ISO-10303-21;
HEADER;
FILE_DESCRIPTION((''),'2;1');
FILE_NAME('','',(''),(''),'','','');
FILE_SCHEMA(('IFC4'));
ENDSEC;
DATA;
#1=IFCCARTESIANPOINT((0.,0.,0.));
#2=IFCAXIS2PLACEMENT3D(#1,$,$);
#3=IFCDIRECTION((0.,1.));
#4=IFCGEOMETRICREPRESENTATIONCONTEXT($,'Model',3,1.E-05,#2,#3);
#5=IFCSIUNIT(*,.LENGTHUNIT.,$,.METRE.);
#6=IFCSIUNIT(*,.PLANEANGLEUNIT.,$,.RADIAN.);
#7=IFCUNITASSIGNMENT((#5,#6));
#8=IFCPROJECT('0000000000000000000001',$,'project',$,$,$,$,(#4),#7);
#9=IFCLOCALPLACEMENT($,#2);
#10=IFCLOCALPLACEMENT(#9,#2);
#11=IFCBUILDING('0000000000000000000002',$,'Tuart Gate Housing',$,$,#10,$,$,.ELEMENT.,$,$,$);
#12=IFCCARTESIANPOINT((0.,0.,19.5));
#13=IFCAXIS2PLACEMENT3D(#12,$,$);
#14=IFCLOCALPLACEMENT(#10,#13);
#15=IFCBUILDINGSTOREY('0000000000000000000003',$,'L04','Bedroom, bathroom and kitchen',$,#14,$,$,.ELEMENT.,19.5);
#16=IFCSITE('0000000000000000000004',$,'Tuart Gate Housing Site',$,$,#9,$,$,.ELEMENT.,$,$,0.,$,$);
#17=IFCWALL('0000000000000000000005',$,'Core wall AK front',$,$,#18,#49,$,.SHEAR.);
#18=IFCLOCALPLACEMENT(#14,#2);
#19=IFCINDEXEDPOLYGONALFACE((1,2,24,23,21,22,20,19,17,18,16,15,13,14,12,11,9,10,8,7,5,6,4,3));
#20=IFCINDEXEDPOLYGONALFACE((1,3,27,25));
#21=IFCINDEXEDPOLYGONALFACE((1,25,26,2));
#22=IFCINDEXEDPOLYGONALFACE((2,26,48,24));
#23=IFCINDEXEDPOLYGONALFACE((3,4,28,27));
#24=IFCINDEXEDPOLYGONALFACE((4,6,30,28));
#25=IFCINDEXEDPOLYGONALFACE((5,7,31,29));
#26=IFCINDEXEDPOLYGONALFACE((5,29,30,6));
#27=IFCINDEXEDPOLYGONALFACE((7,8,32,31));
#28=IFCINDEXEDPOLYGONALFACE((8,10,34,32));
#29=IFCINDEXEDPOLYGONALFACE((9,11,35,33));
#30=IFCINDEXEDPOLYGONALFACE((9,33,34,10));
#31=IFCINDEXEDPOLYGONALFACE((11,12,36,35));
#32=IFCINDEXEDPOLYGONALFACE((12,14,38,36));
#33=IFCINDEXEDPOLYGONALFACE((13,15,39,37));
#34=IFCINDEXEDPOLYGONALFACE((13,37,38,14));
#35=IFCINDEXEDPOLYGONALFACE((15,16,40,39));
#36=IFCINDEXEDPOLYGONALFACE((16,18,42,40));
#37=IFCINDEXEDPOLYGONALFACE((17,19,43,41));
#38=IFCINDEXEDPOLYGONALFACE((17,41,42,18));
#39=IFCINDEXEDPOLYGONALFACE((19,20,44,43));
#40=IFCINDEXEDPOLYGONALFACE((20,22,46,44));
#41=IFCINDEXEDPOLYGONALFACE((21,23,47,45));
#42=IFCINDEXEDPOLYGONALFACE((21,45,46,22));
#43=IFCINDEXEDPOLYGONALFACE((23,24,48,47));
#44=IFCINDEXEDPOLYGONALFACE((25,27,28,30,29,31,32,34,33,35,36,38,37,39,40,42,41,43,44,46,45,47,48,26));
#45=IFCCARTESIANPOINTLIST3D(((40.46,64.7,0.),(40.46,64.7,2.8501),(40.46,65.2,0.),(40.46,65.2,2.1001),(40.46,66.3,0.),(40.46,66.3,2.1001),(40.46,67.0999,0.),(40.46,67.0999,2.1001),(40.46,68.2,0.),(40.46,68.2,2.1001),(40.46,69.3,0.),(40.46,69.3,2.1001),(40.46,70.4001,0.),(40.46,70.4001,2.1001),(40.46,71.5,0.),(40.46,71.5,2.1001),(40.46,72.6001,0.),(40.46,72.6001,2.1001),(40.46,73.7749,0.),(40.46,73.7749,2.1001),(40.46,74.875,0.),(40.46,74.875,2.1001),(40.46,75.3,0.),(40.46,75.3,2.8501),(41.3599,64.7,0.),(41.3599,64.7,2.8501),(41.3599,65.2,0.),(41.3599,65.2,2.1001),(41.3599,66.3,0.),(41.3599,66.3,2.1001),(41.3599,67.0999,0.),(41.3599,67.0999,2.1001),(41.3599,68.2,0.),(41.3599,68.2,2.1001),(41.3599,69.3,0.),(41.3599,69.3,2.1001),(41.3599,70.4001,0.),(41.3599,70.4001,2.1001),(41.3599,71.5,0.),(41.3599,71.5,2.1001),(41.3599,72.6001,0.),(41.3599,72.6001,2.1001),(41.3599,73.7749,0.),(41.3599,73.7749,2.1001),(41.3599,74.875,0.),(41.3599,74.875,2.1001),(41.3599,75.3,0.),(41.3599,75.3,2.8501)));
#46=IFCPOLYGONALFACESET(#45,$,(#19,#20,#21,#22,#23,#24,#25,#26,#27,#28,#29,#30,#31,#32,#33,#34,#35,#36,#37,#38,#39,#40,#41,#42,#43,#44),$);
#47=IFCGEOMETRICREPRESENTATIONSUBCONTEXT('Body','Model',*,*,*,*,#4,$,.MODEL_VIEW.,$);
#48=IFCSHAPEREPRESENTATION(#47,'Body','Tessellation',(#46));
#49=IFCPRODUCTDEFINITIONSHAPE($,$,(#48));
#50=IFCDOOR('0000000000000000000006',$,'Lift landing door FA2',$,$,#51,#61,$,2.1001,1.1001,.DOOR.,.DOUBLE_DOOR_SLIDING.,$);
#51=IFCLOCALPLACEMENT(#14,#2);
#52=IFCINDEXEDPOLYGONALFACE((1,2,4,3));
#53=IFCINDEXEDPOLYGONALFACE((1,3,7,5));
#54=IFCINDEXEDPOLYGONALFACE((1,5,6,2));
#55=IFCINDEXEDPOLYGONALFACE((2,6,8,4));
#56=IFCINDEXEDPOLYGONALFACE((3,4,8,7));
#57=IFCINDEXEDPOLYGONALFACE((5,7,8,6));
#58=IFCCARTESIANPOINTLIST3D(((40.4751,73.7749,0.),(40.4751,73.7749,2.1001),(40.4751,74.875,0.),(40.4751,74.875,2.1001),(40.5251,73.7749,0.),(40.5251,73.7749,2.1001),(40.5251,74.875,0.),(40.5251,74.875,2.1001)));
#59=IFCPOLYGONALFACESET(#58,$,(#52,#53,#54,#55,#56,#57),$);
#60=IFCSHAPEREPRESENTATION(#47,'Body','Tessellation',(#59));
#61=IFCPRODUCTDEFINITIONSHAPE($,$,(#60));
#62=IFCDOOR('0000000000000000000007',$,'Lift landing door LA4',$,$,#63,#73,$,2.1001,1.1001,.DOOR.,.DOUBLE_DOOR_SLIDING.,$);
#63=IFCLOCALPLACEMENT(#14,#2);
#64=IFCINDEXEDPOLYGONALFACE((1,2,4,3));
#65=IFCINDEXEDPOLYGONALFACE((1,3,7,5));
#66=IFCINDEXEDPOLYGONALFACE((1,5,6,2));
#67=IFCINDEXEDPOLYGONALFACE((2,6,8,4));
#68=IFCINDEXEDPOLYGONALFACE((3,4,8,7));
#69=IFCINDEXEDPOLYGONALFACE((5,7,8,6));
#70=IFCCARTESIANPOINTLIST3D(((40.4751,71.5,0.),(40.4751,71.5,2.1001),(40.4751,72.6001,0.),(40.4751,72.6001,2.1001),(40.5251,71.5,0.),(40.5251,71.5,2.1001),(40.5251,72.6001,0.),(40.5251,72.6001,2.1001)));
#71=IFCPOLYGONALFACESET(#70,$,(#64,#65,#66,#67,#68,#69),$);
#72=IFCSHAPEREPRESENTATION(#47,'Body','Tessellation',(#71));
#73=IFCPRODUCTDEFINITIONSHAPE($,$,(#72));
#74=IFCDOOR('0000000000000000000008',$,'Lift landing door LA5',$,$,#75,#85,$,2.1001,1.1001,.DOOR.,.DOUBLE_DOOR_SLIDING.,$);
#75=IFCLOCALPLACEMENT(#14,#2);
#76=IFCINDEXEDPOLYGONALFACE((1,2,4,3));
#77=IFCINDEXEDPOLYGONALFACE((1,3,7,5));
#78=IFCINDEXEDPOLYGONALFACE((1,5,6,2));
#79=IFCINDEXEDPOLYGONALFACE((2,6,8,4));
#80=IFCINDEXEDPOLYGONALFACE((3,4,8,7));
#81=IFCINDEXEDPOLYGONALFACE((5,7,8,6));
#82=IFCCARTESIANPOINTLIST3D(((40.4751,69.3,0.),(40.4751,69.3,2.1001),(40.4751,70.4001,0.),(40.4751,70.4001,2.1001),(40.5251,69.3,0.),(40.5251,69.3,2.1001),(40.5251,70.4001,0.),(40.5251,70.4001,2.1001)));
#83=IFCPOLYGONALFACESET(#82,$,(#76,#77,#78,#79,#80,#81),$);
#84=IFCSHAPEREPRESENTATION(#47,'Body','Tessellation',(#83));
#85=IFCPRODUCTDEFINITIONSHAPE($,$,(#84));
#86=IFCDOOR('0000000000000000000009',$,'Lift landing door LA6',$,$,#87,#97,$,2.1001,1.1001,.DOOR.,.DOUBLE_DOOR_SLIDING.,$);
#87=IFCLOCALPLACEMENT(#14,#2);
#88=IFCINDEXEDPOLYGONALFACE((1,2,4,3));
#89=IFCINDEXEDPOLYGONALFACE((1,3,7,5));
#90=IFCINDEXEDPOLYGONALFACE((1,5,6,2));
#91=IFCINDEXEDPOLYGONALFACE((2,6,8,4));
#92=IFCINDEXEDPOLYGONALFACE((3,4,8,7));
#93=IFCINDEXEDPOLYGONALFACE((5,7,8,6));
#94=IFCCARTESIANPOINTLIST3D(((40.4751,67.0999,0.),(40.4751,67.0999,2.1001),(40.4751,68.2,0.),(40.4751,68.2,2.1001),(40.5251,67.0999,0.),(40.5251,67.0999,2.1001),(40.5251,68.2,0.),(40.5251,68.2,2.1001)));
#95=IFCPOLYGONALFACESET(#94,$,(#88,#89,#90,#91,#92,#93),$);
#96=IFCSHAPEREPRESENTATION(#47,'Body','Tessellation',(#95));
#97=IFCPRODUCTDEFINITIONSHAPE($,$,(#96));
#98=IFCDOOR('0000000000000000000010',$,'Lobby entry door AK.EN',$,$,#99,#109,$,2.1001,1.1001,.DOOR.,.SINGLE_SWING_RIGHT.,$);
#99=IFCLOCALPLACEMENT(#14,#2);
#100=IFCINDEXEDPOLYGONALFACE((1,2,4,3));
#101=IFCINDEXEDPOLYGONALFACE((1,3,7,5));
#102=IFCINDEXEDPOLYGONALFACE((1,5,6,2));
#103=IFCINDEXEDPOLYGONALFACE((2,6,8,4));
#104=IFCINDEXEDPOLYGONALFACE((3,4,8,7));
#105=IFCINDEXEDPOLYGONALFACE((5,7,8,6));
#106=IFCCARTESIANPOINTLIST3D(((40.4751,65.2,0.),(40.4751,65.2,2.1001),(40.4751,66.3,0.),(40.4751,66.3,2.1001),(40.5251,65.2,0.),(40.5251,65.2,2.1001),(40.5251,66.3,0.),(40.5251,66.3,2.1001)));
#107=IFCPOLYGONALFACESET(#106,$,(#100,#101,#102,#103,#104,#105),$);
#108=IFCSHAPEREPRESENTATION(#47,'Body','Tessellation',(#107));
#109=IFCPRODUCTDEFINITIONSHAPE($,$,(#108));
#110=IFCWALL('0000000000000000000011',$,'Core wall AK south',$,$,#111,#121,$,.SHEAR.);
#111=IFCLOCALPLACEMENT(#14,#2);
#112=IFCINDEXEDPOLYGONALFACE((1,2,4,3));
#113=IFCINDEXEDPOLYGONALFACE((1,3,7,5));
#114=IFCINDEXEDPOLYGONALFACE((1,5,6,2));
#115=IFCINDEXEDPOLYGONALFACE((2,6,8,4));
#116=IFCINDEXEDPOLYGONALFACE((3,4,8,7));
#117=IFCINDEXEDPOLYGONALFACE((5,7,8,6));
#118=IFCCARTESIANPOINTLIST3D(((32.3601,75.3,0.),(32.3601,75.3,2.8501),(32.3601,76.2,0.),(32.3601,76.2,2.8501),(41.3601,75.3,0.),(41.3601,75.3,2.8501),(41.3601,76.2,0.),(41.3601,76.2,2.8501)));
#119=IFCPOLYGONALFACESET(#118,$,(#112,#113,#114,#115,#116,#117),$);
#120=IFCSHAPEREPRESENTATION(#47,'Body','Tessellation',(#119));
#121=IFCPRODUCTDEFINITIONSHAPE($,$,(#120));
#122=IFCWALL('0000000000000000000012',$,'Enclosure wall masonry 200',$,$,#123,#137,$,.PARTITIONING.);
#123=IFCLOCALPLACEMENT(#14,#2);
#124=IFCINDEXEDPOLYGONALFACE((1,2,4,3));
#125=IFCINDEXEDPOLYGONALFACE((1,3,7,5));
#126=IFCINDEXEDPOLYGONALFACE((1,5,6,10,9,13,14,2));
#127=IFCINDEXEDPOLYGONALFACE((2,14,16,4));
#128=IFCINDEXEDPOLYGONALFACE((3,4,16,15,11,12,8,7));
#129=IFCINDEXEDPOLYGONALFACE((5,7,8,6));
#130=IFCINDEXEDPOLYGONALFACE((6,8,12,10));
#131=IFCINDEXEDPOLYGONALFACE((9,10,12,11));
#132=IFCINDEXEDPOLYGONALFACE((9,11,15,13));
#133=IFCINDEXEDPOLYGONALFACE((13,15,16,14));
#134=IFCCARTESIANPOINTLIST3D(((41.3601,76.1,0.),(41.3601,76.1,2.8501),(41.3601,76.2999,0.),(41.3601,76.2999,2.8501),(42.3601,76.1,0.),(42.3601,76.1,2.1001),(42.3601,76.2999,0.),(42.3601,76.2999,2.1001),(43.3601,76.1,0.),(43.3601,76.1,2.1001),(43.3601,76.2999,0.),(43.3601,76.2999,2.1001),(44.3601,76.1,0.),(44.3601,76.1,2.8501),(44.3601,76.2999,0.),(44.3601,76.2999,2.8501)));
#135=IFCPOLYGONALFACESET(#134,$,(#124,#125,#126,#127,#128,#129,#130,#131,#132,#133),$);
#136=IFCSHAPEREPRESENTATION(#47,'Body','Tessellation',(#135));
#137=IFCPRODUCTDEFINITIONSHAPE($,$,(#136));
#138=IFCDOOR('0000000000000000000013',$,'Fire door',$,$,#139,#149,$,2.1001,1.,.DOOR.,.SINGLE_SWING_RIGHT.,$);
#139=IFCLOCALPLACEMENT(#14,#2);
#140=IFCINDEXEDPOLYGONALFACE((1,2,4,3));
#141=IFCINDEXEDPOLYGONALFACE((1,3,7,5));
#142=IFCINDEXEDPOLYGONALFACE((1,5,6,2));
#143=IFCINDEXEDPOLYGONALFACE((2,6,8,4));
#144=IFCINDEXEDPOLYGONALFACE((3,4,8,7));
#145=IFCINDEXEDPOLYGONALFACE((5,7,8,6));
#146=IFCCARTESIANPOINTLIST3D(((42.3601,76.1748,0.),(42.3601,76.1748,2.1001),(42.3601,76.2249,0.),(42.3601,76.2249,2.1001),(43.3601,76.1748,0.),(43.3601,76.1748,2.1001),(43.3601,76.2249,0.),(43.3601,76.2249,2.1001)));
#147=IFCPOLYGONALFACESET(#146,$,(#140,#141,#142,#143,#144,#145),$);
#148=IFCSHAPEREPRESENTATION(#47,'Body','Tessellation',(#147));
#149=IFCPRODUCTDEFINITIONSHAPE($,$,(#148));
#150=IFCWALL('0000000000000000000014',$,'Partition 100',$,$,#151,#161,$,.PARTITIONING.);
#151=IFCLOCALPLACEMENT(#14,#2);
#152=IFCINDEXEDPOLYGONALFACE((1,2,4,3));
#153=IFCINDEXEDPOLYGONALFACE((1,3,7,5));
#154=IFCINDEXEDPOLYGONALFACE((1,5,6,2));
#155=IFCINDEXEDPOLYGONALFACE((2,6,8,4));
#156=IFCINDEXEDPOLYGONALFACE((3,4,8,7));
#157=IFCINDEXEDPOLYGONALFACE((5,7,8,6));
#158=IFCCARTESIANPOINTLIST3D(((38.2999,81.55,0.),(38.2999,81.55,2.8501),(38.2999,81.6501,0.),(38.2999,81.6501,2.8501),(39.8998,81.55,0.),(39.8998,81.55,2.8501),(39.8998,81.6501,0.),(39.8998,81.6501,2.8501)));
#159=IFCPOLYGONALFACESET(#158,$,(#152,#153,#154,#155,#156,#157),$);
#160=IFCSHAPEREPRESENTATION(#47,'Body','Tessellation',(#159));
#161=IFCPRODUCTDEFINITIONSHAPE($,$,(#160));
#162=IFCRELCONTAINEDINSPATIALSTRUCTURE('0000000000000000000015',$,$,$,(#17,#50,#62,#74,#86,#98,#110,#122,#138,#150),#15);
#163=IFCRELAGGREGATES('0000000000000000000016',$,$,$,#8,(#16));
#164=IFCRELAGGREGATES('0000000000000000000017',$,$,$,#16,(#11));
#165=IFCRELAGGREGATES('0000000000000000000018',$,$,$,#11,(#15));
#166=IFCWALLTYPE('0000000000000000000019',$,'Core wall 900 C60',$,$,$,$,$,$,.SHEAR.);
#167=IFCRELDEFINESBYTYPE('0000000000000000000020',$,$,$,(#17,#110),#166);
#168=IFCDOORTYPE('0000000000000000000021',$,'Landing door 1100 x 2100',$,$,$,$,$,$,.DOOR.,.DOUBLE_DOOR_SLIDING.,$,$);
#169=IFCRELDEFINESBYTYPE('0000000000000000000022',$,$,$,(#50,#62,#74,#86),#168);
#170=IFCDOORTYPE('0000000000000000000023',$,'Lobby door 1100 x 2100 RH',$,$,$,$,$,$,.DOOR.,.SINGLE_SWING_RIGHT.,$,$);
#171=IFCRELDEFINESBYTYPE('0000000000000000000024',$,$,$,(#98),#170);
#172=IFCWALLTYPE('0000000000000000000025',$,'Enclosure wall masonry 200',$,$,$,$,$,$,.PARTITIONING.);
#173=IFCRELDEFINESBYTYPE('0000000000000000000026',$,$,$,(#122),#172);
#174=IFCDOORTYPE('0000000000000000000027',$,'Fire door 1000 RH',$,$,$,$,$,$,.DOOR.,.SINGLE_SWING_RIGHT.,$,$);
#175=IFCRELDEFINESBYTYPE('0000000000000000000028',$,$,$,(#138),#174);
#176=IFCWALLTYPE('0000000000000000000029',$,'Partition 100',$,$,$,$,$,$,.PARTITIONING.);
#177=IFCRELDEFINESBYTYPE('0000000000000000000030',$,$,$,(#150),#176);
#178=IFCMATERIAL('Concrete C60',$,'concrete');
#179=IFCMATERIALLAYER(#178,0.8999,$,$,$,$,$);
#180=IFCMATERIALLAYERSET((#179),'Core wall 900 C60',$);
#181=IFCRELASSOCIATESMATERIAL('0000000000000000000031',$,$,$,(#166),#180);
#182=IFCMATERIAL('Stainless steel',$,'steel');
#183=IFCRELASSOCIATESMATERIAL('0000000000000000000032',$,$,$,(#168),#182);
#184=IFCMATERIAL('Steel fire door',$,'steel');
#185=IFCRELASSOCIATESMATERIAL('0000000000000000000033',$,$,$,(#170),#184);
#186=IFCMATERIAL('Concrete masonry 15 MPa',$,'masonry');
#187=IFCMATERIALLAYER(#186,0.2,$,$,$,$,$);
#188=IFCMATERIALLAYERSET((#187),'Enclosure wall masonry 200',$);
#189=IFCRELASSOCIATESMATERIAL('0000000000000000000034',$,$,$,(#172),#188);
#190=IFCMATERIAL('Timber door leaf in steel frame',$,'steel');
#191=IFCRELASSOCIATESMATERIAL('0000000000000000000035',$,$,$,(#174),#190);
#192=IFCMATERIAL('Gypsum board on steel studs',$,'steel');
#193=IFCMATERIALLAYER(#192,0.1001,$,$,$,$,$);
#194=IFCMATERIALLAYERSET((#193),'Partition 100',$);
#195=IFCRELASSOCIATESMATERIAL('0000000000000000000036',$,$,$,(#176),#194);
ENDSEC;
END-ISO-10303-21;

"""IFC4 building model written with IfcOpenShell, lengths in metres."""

from ifc_helpers import new_model, si_unit, direction, frame, frame_2d, origin, place, context, subcontext, project, spatial, rectangle, extrude, material, layer, layer_set, type_object, element, fill, save


model = new_model("IFC4")

# Units and contexts
model_context = context("Model", 3, precision=1e-05, world=origin(), true_north=direction((0.0, 1.0)))
body_context = subcontext(model_context, "Body", "Model", "MODEL_VIEW")
ifc_project = project(units=[si_unit("LENGTHUNIT", "METRE"), si_unit("PLANEANGLEUNIT", "RADIAN")], contexts=[model_context])

# Site, building, storey
site_placement = place(None, origin())
site = spatial("IfcSite", under=ifc_project, at=site_placement, Name="Tuart Gate Housing Site", CompositionType="ELEMENT", RefElevation=0.0)
building_placement = place(site_placement, origin())
building = spatial("IfcBuilding", under=site, at=building_placement, Name="Tuart Gate Housing", CompositionType="ELEMENT")
storey_placement = place(building_placement, frame((0.0, 0.0, 19.5)))
storey = spatial("IfcBuildingStorey", under=building, at=storey_placement, Name="L04", Description="Bedroom, bathroom and kitchen", CompositionType="ELEMENT", Elevation=19.5)

# Wall, openings, doors
ifc_material_1 = material(Name="Concrete C60", Category="concrete")
ifc_layer_1 = layer(ifc_material_1, 0.8999)
ifc_layer_set_1 = layer_set([ifc_layer_1], Name="Core wall 900 C60")
wall_type_1 = type_object("IfcWallType", Name="Core wall 900 C60", PredefinedType="SHEAR", material=ifc_layer_set_1)
wall_1_placement = place(storey_placement, frame((40.9099, 75.3, 0.0), z_axis=(0.0, 0.0, 1.0), x_axis=(0.0, -1.0, 0.0)))
wall_1 = element("IfcWall", 1, at=wall_1_placement, inside=storey, type_object=wall_type_1, Name="Core wall AK front", PredefinedType="SHEAR", context=body_context, shape_type="SweptSolid", body=[
    extrude(rectangle(XDim=10.6001, YDim=0.8999, at=frame_2d((5.3, 0.0))), origin(), (0.0, 0.0, 1.0), 2.8501),
])
opening_1_placement = place(wall_1_placement, frame((0.425, 0.0, 0.0)))
opening_1 = element("IfcOpeningElement", 2, at=opening_1_placement, cuts=wall_1, PredefinedType="OPENING", context=body_context, shape_type="SweptSolid", body=[
    extrude(rectangle(XDim=1.1001, YDim=2.1001, at=frame_2d((0.55, 1.05))), frame((0.0, 0.46, 0.0), z_axis=(0.0, -1.0, 0.0), x_axis=(1.0, 0.0, 0.0)), (0.0, 0.0, 1.0), 0.9199),
])
opening_2_placement = place(wall_1_placement, frame((2.7, 0.0, 0.0)))
opening_2 = element("IfcOpeningElement", 3, at=opening_2_placement, cuts=wall_1, PredefinedType="OPENING", context=body_context, shape_type="SweptSolid", body=[
    extrude(rectangle(XDim=1.1001, YDim=2.1001, at=frame_2d((0.55, 1.05))), frame((0.0, 0.46, 0.0), z_axis=(0.0, -1.0, 0.0), x_axis=(1.0, 0.0, 0.0)), (0.0, 0.0, 1.0), 0.9199),
])
opening_3_placement = place(wall_1_placement, frame((4.8999, 0.0, 0.0)))
opening_3 = element("IfcOpeningElement", 4, at=opening_3_placement, cuts=wall_1, PredefinedType="OPENING", context=body_context, shape_type="SweptSolid", body=[
    extrude(rectangle(XDim=1.1001, YDim=2.1001, at=frame_2d((0.55, 1.05))), frame((0.0, 0.46, 0.0), z_axis=(0.0, -1.0, 0.0), x_axis=(1.0, 0.0, 0.0)), (0.0, 0.0, 1.0), 0.9199),
])
opening_4_placement = place(wall_1_placement, frame((7.1001, 0.0, 0.0)))
opening_4 = element("IfcOpeningElement", 5, at=opening_4_placement, cuts=wall_1, PredefinedType="OPENING", context=body_context, shape_type="SweptSolid", body=[
    extrude(rectangle(XDim=1.1001, YDim=2.1001, at=frame_2d((0.55, 1.05))), frame((0.0, 0.46, 0.0), z_axis=(0.0, -1.0, 0.0), x_axis=(1.0, 0.0, 0.0)), (0.0, 0.0, 1.0), 0.9199),
])
opening_5_placement = place(wall_1_placement, frame((9.0, 0.0, 0.0)))
opening_5 = element("IfcOpeningElement", 6, at=opening_5_placement, cuts=wall_1, PredefinedType="OPENING", context=body_context, shape_type="SweptSolid", body=[
    extrude(rectangle(XDim=1.1001, YDim=2.1001, at=frame_2d((0.55, 1.05))), frame((0.0, 0.46, 0.0), z_axis=(0.0, -1.0, 0.0), x_axis=(1.0, 0.0, 0.0)), (0.0, 0.0, 1.0), 0.9199),
])
ifc_material_2 = material(Name="Stainless steel", Category="steel")
door_type_1 = type_object("IfcDoorType", Name="Landing door 1100 x 2100", OperationType="DOUBLE_DOOR_SLIDING", PredefinedType="DOOR", material=ifc_material_2)
door_1_placement = place(opening_1_placement, origin())
door_1 = element("IfcDoor", 7, at=door_1_placement, inside=storey, type_object=door_type_1, Name="Lift landing door FA2", OperationType="DOUBLE_DOOR_SLIDING", OverallHeight=2.1001, OverallWidth=1.1001, PredefinedType="DOOR", context=body_context, shape_type="SweptSolid", body=[
    extrude(rectangle(XDim=1.1001, YDim=2.1001, at=frame_2d((0.55, 1.05))), frame((0.0, -0.3848, 0.0), z_axis=(0.0, -1.0, 0.0), x_axis=(1.0, 0.0, 0.0)), (0.0, 0.0, 1.0), 0.05),
])
fill(opening_1, door_1)
door_2_placement = place(opening_2_placement, origin())
door_2 = element("IfcDoor", 8, at=door_2_placement, inside=storey, type_object=door_type_1, Name="Lift landing door LA4", OperationType="DOUBLE_DOOR_SLIDING", OverallHeight=2.1001, OverallWidth=1.1001, PredefinedType="DOOR", context=body_context, shape_type="SweptSolid", body=[
    extrude(rectangle(XDim=1.1001, YDim=2.1001, at=frame_2d((0.55, 1.05))), frame((0.0, -0.3848, 0.0), z_axis=(0.0, -1.0, 0.0), x_axis=(1.0, 0.0, 0.0)), (0.0, 0.0, 1.0), 0.05),
])
fill(opening_2, door_2)
door_3_placement = place(opening_3_placement, origin())
door_3 = element("IfcDoor", 9, at=door_3_placement, inside=storey, type_object=door_type_1, Name="Lift landing door LA5", OperationType="DOUBLE_DOOR_SLIDING", OverallHeight=2.1001, OverallWidth=1.1001, PredefinedType="DOOR", context=body_context, shape_type="SweptSolid", body=[
    extrude(rectangle(XDim=1.1001, YDim=2.1001, at=frame_2d((0.55, 1.05))), frame((0.0, -0.3848, 0.0), z_axis=(0.0, -1.0, 0.0), x_axis=(1.0, 0.0, 0.0)), (0.0, 0.0, 1.0), 0.05),
])
fill(opening_3, door_3)
door_4_placement = place(opening_4_placement, origin())
door_4 = element("IfcDoor", 10, at=door_4_placement, inside=storey, type_object=door_type_1, Name="Lift landing door LA6", OperationType="DOUBLE_DOOR_SLIDING", OverallHeight=2.1001, OverallWidth=1.1001, PredefinedType="DOOR", context=body_context, shape_type="SweptSolid", body=[
    extrude(rectangle(XDim=1.1001, YDim=2.1001, at=frame_2d((0.55, 1.05))), frame((0.0, -0.3848, 0.0), z_axis=(0.0, -1.0, 0.0), x_axis=(1.0, 0.0, 0.0)), (0.0, 0.0, 1.0), 0.05),
])
fill(opening_4, door_4)
ifc_material_3 = material(Name="Steel fire door", Category="steel")
door_type_2 = type_object("IfcDoorType", Name="Lobby door 1100 x 2100 RH", OperationType="SINGLE_SWING_RIGHT", PredefinedType="DOOR", material=ifc_material_3)
door_5_placement = place(opening_5_placement, frame((1.1001, 0.0, 0.0), z_axis=(0.0, 0.0, 1.0), x_axis=(-1.0, 0.0, 0.0)))
door_5 = element("IfcDoor", 11, at=door_5_placement, inside=storey, type_object=door_type_2, Name="Lobby entry door AK.EN", OperationType="SINGLE_SWING_RIGHT", OverallHeight=2.1001, OverallWidth=1.1001, PredefinedType="DOOR", context=body_context, shape_type="SweptSolid", body=[
    extrude(rectangle(XDim=1.1001, YDim=2.1001, at=frame_2d((0.55, 1.05))), frame((0.0, 0.4348, 0.0), z_axis=(0.0, -1.0, 0.0), x_axis=(1.0, 0.0, 0.0)), (0.0, 0.0, 1.0), 0.05),
])
fill(opening_5, door_5)

# Wall
wall_2_placement = place(storey_placement, frame((41.3601, 75.75, 0.0), z_axis=(0.0, 0.0, 1.0), x_axis=(-1.0, 0.0, 0.0)))
element("IfcWall", 12, at=wall_2_placement, inside=storey, type_object=wall_type_1, Name="Core wall AK south", PredefinedType="SHEAR", context=body_context, shape_type="SweptSolid", body=[
    extrude(rectangle(XDim=9.0, YDim=0.8999, at=frame_2d((4.5, 0.0))), origin(), (0.0, 0.0, 1.0), 2.8501),
])

# Wall, opening, door
ifc_material_4 = material(Name="Concrete masonry 15 MPa", Category="masonry")
ifc_layer_2 = layer(ifc_material_4, 0.2)
ifc_layer_set_2 = layer_set([ifc_layer_2], Name="Enclosure wall masonry 200")
wall_type_2 = type_object("IfcWallType", Name="Enclosure wall masonry 200", PredefinedType="PARTITIONING", material=ifc_layer_set_2)
wall_3_placement = place(storey_placement, frame((41.3601, 76.2, 0.0), z_axis=(0.0, 0.0, 1.0), x_axis=(1.0, 0.0, 0.0)))
wall_3 = element("IfcWall", 13, at=wall_3_placement, inside=storey, type_object=wall_type_2, Name="Enclosure wall masonry 200", PredefinedType="PARTITIONING", context=body_context, shape_type="SweptSolid", body=[
    extrude(rectangle(XDim=3.0, YDim=0.2, at=frame_2d((1.5, 0.0))), origin(), (0.0, 0.0, 1.0), 2.8501),
])
opening_6_placement = place(wall_3_placement, frame((1.0, 0.0, 0.0)))
opening_6 = element("IfcOpeningElement", 14, at=opening_6_placement, cuts=wall_3, PredefinedType="OPENING", context=body_context, shape_type="SweptSolid", body=[
    extrude(rectangle(XDim=1.0, YDim=2.1001, at=frame_2d((0.5, 1.05))), frame((0.0, 0.1099, 0.0), z_axis=(0.0, -1.0, 0.0), x_axis=(1.0, 0.0, 0.0)), (0.0, 0.0, 1.0), 0.22),
])
ifc_material_5 = material(Name="Timber door leaf in steel frame", Category="steel")
door_type_3 = type_object("IfcDoorType", Name="Fire door 1000 RH", OperationType="SINGLE_SWING_RIGHT", PredefinedType="DOOR", material=ifc_material_5)
door_6_placement = place(opening_6_placement, origin())
door_6 = element("IfcDoor", 15, at=door_6_placement, inside=storey, type_object=door_type_3, Name="Fire door", OperationType="SINGLE_SWING_RIGHT", OverallHeight=2.1001, OverallWidth=1.0, PredefinedType="DOOR", context=body_context, shape_type="SweptSolid", body=[
    extrude(rectangle(XDim=1.0, YDim=2.1001, at=frame_2d((0.5, 1.05))), frame((0.0, 0.0249, 0.0), z_axis=(0.0, -1.0, 0.0), x_axis=(1.0, 0.0, 0.0)), (0.0, 0.0, 1.0), 0.05),
])
fill(opening_6, door_6)

# Wall
ifc_material_6 = material(Name="Gypsum board on steel studs", Category="steel")
ifc_layer_3 = layer(ifc_material_6, 0.1001)
ifc_layer_set_3 = layer_set([ifc_layer_3], Name="Partition 100")
wall_type_3 = type_object("IfcWallType", Name="Partition 100", PredefinedType="PARTITIONING", material=ifc_layer_set_3)
wall_4_placement = place(storey_placement, frame((38.3, 81.6001, 0.0), z_axis=(0.0, 0.0, 1.0), x_axis=(1.0, 0.0, 0.0)))
element("IfcWall", 16, at=wall_4_placement, inside=storey, type_object=wall_type_3, Name="Partition 100", PredefinedType="PARTITIONING", context=body_context, shape_type="SweptSolid", body=[
    extrude(rectangle(XDim=1.5999, YDim=0.1001, at=frame_2d((0.7998, 0.0))), origin(), (0.0, 0.0, 1.0), 2.8501),
])

save(model, "model.ifc")
